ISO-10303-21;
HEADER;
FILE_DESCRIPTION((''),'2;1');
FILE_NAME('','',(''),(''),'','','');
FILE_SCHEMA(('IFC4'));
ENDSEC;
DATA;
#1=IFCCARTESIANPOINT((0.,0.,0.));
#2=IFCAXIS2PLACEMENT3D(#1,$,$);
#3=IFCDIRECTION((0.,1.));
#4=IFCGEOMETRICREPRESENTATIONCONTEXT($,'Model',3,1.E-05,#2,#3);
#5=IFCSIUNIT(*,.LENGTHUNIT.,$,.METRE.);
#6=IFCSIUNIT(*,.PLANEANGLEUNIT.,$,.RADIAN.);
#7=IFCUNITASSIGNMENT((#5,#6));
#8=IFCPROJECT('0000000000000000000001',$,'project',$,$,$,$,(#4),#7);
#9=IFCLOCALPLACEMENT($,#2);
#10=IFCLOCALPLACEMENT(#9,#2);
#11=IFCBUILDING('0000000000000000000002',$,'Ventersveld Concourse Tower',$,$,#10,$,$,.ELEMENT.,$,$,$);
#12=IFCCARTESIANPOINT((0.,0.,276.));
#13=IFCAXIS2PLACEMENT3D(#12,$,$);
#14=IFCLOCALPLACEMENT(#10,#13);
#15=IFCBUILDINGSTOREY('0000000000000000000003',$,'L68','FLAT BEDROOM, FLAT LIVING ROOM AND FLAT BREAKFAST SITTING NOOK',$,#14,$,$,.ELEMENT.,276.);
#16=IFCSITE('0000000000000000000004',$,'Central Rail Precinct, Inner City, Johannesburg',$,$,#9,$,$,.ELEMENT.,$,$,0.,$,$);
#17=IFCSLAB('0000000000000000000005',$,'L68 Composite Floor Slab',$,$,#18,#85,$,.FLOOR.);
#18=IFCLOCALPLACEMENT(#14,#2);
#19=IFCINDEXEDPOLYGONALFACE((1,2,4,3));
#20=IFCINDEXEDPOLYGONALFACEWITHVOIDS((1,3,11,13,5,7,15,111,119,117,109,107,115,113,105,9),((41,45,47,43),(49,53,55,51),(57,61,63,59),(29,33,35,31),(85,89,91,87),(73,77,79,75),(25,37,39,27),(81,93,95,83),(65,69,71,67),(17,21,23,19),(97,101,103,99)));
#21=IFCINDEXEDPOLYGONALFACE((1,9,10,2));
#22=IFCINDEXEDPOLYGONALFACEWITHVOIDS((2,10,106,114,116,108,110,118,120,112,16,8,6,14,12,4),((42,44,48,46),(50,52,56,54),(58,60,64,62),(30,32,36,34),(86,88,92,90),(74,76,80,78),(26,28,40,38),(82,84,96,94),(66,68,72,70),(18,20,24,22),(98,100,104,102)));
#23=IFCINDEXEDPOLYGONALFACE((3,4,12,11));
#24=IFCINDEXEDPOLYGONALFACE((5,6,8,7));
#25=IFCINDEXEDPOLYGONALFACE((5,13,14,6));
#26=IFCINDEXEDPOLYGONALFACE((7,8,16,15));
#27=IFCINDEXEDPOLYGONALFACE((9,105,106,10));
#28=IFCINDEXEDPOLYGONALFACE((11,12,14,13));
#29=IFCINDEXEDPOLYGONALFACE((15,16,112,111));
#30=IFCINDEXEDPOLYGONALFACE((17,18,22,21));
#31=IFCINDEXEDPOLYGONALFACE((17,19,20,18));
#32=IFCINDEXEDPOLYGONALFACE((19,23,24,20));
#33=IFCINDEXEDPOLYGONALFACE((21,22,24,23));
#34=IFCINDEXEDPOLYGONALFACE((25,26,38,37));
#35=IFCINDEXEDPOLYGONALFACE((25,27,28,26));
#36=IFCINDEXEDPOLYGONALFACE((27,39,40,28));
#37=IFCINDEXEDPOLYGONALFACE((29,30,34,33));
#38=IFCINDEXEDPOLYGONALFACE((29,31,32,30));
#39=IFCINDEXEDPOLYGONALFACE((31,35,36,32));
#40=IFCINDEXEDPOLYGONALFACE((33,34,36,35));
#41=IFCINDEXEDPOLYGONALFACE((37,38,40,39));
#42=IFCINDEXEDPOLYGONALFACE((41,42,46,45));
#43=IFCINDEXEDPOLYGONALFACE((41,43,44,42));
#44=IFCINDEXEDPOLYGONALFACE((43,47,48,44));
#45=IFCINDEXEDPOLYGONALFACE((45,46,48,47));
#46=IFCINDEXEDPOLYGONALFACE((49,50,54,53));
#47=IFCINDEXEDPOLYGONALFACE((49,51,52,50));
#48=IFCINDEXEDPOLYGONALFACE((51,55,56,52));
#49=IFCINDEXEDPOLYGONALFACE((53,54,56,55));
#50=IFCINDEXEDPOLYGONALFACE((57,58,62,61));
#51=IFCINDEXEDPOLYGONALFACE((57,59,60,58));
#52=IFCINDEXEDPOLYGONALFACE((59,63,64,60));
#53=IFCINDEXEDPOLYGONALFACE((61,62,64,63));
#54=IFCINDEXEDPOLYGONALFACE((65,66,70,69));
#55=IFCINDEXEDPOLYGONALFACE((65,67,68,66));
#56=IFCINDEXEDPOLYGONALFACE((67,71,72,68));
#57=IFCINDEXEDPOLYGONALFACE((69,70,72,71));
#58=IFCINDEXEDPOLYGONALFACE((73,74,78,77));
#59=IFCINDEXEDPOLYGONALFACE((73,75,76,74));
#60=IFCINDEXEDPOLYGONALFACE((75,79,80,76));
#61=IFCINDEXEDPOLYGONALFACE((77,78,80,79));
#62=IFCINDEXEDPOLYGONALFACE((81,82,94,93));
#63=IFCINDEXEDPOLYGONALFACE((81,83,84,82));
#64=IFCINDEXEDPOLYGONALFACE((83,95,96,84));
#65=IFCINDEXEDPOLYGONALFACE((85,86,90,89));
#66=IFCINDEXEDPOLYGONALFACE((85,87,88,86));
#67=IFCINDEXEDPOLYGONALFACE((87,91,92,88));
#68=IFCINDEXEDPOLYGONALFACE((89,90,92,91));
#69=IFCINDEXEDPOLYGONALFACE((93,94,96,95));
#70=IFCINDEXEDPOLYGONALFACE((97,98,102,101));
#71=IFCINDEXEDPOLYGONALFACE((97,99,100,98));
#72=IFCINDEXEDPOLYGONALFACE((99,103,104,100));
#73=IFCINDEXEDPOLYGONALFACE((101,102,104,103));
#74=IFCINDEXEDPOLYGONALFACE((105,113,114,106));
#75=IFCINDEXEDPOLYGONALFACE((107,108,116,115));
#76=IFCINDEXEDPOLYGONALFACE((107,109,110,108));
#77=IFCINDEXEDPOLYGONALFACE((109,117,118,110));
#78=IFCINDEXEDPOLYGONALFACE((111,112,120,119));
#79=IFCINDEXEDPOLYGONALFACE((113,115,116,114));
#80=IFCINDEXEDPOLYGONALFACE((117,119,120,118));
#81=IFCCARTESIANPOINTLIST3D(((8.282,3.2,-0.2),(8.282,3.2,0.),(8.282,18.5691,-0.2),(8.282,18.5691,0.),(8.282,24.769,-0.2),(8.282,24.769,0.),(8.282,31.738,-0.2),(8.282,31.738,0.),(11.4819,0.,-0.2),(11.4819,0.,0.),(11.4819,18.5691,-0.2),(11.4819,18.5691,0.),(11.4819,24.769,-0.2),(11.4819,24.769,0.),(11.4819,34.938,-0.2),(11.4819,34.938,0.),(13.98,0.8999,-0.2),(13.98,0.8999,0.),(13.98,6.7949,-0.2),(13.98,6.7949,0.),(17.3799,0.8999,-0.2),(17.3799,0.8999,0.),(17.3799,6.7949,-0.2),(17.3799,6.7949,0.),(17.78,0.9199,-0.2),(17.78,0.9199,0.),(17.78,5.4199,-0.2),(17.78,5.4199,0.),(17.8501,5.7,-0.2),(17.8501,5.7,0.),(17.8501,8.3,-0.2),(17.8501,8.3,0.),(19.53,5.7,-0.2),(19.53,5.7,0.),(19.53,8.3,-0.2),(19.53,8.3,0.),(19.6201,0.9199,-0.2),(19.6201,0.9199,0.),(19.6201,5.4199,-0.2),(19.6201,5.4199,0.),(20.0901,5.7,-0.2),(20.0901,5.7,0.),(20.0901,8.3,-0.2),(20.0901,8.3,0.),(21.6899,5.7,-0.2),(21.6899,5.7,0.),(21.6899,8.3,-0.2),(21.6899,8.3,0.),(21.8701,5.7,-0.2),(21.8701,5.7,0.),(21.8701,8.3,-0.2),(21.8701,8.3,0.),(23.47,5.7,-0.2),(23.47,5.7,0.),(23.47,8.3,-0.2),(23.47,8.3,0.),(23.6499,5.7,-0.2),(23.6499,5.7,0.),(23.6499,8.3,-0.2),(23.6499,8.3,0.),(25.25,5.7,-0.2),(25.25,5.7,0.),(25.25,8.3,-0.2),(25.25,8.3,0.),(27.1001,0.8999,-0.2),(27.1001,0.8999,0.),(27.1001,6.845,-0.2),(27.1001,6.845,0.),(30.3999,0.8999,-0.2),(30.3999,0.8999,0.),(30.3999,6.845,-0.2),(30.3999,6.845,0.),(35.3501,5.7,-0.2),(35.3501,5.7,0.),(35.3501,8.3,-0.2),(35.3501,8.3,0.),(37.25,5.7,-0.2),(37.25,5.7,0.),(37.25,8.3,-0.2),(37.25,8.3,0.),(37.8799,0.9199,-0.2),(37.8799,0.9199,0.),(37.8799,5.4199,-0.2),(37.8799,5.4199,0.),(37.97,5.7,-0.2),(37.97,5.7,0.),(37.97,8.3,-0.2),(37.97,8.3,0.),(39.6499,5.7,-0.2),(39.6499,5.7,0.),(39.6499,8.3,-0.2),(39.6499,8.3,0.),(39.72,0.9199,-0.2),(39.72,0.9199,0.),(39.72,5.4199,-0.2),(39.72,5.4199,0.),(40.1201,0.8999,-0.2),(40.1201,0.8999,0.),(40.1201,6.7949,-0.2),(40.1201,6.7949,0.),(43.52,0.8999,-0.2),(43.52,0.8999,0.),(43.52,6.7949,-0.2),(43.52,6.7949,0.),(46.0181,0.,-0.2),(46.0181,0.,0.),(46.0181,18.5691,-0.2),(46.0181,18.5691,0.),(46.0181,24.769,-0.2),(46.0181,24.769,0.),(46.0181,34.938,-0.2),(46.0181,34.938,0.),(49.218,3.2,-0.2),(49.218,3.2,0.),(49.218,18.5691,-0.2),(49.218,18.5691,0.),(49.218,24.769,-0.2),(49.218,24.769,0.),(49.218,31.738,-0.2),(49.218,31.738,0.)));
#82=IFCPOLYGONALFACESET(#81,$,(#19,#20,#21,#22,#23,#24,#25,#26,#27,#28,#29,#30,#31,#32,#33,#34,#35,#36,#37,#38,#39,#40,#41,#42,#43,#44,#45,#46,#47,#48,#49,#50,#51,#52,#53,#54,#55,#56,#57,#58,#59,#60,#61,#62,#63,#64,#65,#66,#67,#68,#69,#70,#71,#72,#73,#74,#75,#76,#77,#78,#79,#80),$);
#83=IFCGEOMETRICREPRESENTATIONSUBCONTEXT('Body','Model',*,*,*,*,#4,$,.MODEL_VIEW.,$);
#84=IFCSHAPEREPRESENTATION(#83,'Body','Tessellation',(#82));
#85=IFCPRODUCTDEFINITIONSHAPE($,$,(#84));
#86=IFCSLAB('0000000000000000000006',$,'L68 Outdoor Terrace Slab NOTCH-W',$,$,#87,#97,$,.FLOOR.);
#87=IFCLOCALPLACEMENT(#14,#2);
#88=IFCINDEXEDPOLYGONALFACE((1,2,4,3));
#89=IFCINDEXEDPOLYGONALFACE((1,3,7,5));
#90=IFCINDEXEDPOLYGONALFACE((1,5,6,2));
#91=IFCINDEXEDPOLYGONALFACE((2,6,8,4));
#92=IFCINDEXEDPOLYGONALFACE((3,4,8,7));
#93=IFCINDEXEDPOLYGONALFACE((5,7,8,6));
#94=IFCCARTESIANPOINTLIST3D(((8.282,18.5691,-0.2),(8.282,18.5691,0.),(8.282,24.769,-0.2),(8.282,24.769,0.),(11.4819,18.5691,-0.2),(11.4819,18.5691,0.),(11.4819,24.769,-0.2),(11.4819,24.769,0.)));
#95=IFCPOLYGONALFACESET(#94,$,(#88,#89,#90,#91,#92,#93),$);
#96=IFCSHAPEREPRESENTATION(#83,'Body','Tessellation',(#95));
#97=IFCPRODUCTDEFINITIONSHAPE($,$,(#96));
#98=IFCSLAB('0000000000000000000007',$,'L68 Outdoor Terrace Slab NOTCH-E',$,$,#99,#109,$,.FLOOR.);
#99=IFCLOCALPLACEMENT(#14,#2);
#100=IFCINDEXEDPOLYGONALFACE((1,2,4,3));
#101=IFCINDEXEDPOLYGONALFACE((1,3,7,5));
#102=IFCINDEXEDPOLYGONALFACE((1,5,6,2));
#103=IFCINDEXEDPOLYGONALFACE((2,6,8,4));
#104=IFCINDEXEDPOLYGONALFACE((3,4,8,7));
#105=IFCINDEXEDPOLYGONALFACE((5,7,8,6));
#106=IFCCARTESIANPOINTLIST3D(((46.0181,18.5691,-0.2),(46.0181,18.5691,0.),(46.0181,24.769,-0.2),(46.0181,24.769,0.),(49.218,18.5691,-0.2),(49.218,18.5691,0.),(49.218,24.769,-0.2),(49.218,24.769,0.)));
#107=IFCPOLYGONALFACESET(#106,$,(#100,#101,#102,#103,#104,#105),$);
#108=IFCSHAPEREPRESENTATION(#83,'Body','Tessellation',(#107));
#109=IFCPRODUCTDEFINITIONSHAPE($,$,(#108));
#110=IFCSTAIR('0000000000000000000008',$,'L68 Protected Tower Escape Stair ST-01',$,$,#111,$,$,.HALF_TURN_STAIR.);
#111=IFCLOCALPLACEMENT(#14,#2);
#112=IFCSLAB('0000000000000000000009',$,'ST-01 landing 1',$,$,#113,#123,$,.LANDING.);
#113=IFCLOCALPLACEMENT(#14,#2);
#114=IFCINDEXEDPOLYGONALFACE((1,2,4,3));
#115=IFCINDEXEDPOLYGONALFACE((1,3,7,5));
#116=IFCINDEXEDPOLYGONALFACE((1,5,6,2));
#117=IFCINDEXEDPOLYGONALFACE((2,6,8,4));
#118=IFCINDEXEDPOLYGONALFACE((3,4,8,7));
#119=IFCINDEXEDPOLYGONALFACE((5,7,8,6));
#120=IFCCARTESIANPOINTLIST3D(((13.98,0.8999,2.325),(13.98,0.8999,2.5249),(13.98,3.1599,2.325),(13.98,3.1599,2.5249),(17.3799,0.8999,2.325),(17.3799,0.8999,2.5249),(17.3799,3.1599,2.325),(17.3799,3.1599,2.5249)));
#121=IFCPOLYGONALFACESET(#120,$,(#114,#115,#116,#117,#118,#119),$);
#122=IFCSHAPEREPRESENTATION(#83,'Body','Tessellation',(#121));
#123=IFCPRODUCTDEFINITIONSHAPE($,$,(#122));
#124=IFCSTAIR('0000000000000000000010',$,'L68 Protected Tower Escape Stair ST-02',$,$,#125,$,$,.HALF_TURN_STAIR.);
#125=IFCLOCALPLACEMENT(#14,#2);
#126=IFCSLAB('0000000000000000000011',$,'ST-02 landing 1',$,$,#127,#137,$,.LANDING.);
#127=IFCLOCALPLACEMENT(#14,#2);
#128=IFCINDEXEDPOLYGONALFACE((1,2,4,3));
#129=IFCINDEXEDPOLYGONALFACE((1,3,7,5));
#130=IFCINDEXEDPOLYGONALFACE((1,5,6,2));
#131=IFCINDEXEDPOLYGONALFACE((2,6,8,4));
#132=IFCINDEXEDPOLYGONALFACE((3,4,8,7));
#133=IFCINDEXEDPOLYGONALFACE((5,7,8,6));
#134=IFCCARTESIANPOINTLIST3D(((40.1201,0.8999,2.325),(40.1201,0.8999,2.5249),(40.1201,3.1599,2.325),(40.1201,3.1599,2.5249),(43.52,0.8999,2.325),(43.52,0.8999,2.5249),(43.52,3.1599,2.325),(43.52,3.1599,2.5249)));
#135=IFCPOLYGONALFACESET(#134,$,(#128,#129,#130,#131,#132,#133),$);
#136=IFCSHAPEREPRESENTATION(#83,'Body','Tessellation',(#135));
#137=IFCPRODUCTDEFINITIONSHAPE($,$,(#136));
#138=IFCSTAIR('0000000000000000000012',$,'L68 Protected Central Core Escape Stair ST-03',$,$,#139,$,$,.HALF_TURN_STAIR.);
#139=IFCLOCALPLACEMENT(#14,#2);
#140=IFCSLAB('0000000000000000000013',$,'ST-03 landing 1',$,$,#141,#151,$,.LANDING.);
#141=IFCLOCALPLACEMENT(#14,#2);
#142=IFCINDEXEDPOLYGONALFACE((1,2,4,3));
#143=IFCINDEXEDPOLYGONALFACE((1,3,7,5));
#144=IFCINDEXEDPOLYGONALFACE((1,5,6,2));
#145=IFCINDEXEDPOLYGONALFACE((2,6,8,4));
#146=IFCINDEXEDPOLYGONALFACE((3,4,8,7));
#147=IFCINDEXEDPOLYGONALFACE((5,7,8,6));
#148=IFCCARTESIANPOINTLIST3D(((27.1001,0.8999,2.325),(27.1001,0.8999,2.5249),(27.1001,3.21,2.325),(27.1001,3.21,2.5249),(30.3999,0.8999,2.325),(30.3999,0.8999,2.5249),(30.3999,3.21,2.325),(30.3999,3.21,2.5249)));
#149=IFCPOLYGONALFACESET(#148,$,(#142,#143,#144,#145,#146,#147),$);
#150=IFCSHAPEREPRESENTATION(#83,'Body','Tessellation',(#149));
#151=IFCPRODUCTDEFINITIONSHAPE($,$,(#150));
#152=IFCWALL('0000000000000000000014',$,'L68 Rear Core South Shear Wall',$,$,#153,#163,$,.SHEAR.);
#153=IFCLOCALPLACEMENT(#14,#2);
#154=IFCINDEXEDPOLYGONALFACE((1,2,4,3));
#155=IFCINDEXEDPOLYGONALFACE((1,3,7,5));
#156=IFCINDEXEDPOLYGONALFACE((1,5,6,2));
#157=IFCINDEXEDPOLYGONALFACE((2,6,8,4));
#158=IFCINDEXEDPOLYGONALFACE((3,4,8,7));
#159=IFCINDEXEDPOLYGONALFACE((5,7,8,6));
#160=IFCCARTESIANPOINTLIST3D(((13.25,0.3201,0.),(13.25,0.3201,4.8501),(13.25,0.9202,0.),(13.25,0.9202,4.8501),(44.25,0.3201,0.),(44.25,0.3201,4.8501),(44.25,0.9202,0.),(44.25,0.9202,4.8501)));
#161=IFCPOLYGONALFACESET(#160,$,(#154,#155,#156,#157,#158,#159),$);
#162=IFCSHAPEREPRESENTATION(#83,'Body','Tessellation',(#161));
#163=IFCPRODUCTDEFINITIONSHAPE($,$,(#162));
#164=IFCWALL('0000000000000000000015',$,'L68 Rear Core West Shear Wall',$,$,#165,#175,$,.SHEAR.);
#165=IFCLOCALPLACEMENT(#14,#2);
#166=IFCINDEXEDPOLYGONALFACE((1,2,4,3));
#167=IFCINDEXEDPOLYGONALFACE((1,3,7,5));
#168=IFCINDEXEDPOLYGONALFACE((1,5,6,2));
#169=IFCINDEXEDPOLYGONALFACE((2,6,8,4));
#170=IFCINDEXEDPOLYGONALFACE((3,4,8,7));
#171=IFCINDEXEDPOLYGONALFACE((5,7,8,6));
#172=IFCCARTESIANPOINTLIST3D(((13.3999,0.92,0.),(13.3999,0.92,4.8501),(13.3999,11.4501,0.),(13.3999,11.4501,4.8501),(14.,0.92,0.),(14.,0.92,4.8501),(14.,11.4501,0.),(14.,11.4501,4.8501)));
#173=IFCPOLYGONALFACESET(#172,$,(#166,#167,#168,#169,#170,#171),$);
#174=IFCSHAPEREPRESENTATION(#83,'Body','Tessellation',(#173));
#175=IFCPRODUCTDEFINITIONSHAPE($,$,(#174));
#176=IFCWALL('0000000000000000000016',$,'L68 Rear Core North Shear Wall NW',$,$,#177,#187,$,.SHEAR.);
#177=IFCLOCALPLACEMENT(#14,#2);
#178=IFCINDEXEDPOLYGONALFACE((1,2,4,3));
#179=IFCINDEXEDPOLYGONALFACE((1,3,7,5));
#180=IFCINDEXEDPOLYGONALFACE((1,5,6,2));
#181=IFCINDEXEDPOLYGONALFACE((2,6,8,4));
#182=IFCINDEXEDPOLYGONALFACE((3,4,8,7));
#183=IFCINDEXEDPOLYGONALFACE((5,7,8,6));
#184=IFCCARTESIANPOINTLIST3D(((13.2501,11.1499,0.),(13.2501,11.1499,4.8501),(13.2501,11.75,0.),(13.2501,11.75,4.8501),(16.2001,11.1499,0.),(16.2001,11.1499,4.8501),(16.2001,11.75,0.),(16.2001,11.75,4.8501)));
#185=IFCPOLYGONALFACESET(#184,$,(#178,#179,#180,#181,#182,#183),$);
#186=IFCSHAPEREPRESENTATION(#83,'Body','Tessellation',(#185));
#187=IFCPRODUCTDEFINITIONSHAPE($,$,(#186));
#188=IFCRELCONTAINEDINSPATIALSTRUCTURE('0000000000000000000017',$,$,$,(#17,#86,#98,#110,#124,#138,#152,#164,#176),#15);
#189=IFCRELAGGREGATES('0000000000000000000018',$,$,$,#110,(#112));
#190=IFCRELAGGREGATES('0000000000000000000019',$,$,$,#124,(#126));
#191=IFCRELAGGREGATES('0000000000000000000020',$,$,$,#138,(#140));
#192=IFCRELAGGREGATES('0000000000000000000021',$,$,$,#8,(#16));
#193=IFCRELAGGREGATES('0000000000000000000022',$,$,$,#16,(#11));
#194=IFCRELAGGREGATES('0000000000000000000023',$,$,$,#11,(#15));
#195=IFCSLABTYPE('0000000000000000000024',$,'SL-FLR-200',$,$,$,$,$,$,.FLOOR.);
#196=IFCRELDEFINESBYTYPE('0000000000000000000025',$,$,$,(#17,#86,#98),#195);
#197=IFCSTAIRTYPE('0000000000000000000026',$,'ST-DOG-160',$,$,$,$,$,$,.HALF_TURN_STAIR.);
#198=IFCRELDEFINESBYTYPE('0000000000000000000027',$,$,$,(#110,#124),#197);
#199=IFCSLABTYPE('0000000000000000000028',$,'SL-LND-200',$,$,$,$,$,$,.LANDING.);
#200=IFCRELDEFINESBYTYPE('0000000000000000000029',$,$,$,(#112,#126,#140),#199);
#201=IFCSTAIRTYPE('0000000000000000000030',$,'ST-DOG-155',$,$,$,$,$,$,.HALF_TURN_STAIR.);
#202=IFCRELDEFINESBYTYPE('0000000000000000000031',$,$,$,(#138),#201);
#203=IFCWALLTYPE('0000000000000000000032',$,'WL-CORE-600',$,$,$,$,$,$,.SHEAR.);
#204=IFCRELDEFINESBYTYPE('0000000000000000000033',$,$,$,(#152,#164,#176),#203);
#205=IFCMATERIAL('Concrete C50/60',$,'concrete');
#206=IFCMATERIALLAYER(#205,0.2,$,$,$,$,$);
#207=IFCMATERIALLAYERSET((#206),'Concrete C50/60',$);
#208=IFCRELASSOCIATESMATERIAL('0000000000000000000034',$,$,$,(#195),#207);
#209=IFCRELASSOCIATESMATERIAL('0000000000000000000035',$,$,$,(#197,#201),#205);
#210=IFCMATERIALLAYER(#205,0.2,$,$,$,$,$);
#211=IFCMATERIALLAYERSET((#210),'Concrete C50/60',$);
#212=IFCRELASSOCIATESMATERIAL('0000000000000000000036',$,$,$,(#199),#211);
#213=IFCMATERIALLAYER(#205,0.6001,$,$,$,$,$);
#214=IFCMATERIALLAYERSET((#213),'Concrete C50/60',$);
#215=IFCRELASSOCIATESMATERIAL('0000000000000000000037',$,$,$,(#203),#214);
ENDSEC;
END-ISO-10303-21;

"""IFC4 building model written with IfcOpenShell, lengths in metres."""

from ifc_helpers import new_model, si_unit, direction, frame, frame_2d, origin, place, context, subcontext, project, spatial, polyline, rectangle, outline, extrude, material, layer, layer_set, type_object, element, aggregate, save


model = new_model("IFC4")

# Units and contexts
model_context = context("Model", 3, precision=1e-05, world=origin(), true_north=direction((0.0, 1.0)))
body_context = subcontext(model_context, "Body", "Model", "MODEL_VIEW")
ifc_project = project(units=[si_unit("LENGTHUNIT", "METRE"), si_unit("PLANEANGLEUNIT", "RADIAN")], contexts=[model_context])

# Site, building, storey
site_placement = place(None, origin())
site = spatial("IfcSite", under=ifc_project, at=site_placement, Name="Central Rail Precinct, Inner City, Johannesburg", CompositionType="ELEMENT", RefElevation=0.0)
building_placement = place(site_placement, origin())
building = spatial("IfcBuilding", under=site, at=building_placement, Name="Ventersveld Concourse Tower", CompositionType="ELEMENT")
storey_placement = place(building_placement, frame((0.0, 0.0, 276.0)))
storey = spatial("IfcBuildingStorey", under=building, at=storey_placement, Name="L68", Description="FLAT BEDROOM, FLAT LIVING ROOM AND FLAT BREAKFAST SITTING NOOK", CompositionType="ELEMENT", Elevation=276.0)

# Shared definitions
ifc_material_1 = material(Name="Concrete C50/60", Category="concrete")

# Slabs
ifc_layer_1 = layer(ifc_material_1, 0.2)
ifc_layer_set_1 = layer_set([ifc_layer_1], Name="Concrete C50/60")
slab_type_1 = type_object("IfcSlabType", Name="SL-FLR-200", PredefinedType="FLOOR", material=ifc_layer_set_1)
slab_1_placement = place(storey_placement, frame((0.0, 0.0, -0.2)))
element("IfcSlab", 1, at=slab_1_placement, inside=storey, type_object=slab_type_1, Name="L68 Composite Floor Slab", PredefinedType="FLOOR", context=body_context, shape_type="SweptSolid", body=[
    extrude(outline(polyline([(11.4819, 0.0), (46.0181, 0.0), (49.218, 3.2), (49.218, 18.5691), (46.0181, 18.5691), (46.0181, 24.769), (49.218, 24.769), (49.218, 31.738), (46.0181, 34.938), (11.4819, 34.938), (8.282, 31.738), (8.282, 24.769), (11.4819, 24.769), (11.4819, 18.5691), (8.282, 18.5691), (8.282, 3.2), (11.4819, 0.0)]), holes=[polyline([(13.98, 6.7949), (13.98, 0.8999), (17.3799, 0.8999), (17.3799, 6.7949), (13.98, 6.7949)]), polyline([(40.1201, 6.7949), (40.1201, 0.8999), (43.52, 0.8999), (43.52, 6.7949), (40.1201, 6.7949)]), polyline([(27.1001, 6.845), (27.1001, 0.8999), (30.3999, 0.8999), (30.3999, 6.845), (27.1001, 6.845)]), polyline([(17.8501, 5.7), (19.53, 5.7), (19.53, 8.3), (17.8501, 8.3), (17.8501, 5.7)]), polyline([(37.97, 5.7), (39.6499, 5.7), (39.6499, 8.3), (37.97, 8.3), (37.97, 5.7)]), polyline([(35.3501, 5.7), (37.25, 5.7), (37.25, 8.3), (35.3501, 8.3), (35.3501, 5.7)]), polyline([(20.0901, 5.7), (21.6899, 5.7), (21.6899, 8.3), (20.0901, 8.3), (20.0901, 5.7)]), polyline([(21.8701, 5.7), (23.47, 5.7), (23.47, 8.3), (21.8701, 8.3), (21.8701, 5.7)]), polyline([(23.6499, 5.7), (25.25, 5.7), (25.25, 8.3), (23.6499, 8.3), (23.6499, 5.7)]), polyline([(17.78, 0.9199), (19.6201, 0.9199), (19.6201, 5.4199), (17.78, 5.4199), (17.78, 0.9199)]), polyline([(37.8799, 0.9199), (39.72, 0.9199), (39.72, 5.4199), (37.8799, 5.4199), (37.8799, 0.9199)])]), origin(), (0.0, 0.0, 1.0), 0.2),
])
slab_2_placement = place(storey_placement, frame((0.0, 0.0, -0.2)))
element("IfcSlab", 2, at=slab_2_placement, inside=storey, type_object=slab_type_1, Name="L68 Outdoor Terrace Slab NOTCH-W", PredefinedType="FLOOR", context=body_context, shape_type="SweptSolid", body=[
    extrude(outline(polyline([(8.282, 18.5691), (11.4819, 18.5691), (11.4819, 24.769), (8.282, 24.769), (8.282, 18.5691)])), origin(), (0.0, 0.0, 1.0), 0.2),
])
slab_3_placement = place(storey_placement, frame((0.0, 0.0, -0.2)))
element("IfcSlab", 3, at=slab_3_placement, inside=storey, type_object=slab_type_1, Name="L68 Outdoor Terrace Slab NOTCH-E", PredefinedType="FLOOR", context=body_context, shape_type="SweptSolid", body=[
    extrude(outline(polyline([(46.0181, 18.5691), (49.218, 18.5691), (49.218, 24.769), (46.0181, 24.769), (46.0181, 18.5691)])), origin(), (0.0, 0.0, 1.0), 0.2),
])

# Stairs, slabs
stair_type_1 = type_object("IfcStairType", Name="ST-DOG-160", PredefinedType="HALF_TURN_STAIR", material=ifc_material_1)
stair_1_placement = place(storey_placement, origin())
stair_1 = element("IfcStair", 4, at=stair_1_placement, inside=storey, type_object=stair_type_1, Name="L68 Protected Tower Escape Stair ST-01", PredefinedType="HALF_TURN_STAIR")
ifc_layer_2 = layer(ifc_material_1, 0.2)
ifc_layer_set_2 = layer_set([ifc_layer_2], Name="Concrete C50/60")
slab_type_2 = type_object("IfcSlabType", Name="SL-LND-200", PredefinedType="LANDING", material=ifc_layer_set_2)
slab_4_placement = place(storey_placement, frame((0.0, 0.0, 2.325)))
slab_4 = element("IfcSlab", 5, at=slab_4_placement, type_object=slab_type_2, Name="ST-01 landing 1", PredefinedType="LANDING", context=body_context, shape_type="SweptSolid", body=[
    extrude(outline(polyline([(13.98, 3.1599), (13.98, 0.8999), (17.3799, 0.8999), (17.3799, 3.1599), (13.98, 3.1599)])), origin(), (0.0, 0.0, 1.0), 0.2),
])
aggregate(stair_1, [slab_4])
stair_2_placement = place(storey_placement, origin())
stair_2 = element("IfcStair", 6, at=stair_2_placement, inside=storey, type_object=stair_type_1, Name="L68 Protected Tower Escape Stair ST-02", PredefinedType="HALF_TURN_STAIR")
slab_5_placement = place(storey_placement, frame((0.0, 0.0, 2.325)))
slab_5 = element("IfcSlab", 7, at=slab_5_placement, type_object=slab_type_2, Name="ST-02 landing 1", PredefinedType="LANDING", context=body_context, shape_type="SweptSolid", body=[
    extrude(outline(polyline([(40.1201, 3.1599), (40.1201, 0.8999), (43.52, 0.8999), (43.52, 3.1599), (40.1201, 3.1599)])), origin(), (0.0, 0.0, 1.0), 0.2),
])
aggregate(stair_2, [slab_5])
stair_type_2 = type_object("IfcStairType", Name="ST-DOG-155", PredefinedType="HALF_TURN_STAIR", material=ifc_material_1)
stair_3_placement = place(storey_placement, origin())
stair_3 = element("IfcStair", 8, at=stair_3_placement, inside=storey, type_object=stair_type_2, Name="L68 Protected Central Core Escape Stair ST-03", PredefinedType="HALF_TURN_STAIR")
slab_6_placement = place(storey_placement, frame((0.0, 0.0, 2.325)))
slab_6 = element("IfcSlab", 9, at=slab_6_placement, type_object=slab_type_2, Name="ST-03 landing 1", PredefinedType="LANDING", context=body_context, shape_type="SweptSolid", body=[
    extrude(outline(polyline([(27.1001, 3.21), (27.1001, 0.8999), (30.3999, 0.8999), (30.3999, 3.21), (27.1001, 3.21)])), origin(), (0.0, 0.0, 1.0), 0.2),
])
aggregate(stair_3, [slab_6])

# Walls
ifc_layer_3 = layer(ifc_material_1, 0.6001)
ifc_layer_set_3 = layer_set([ifc_layer_3], Name="Concrete C50/60")
wall_type_1 = type_object("IfcWallType", Name="WL-CORE-600", PredefinedType="SHEAR", material=ifc_layer_set_3)
wall_1_placement = place(storey_placement, frame((13.25, 0.6201, 0.0), z_axis=(0.0, 0.0, 1.0), x_axis=(1.0, 0.0, 0.0)))
element("IfcWall", 10, at=wall_1_placement, inside=storey, type_object=wall_type_1, Name="L68 Rear Core South Shear Wall", PredefinedType="SHEAR", context=body_context, shape_type="SweptSolid", body=[
    extrude(rectangle(XDim=31.0, YDim=0.6001, at=frame_2d((15.5, 0.0))), origin(), (0.0, 0.0, 1.0), 4.8501),
])
wall_2_placement = place(storey_placement, frame((13.7, 0.9199, 0.0), z_axis=(0.0, 0.0, 1.0), x_axis=(0.0, 1.0, 0.0)))
element("IfcWall", 11, at=wall_2_placement, inside=storey, type_object=wall_type_1, Name="L68 Rear Core West Shear Wall", PredefinedType="SHEAR", context=body_context, shape_type="SweptSolid", body=[
    extrude(rectangle(XDim=10.53, YDim=0.6001, at=frame_2d((5.2651, 0.0))), origin(), (0.0, 0.0, 1.0), 4.8501),
])
wall_3_placement = place(storey_placement, frame((13.25, 11.45, 0.0), z_axis=(0.0, 0.0, 1.0), x_axis=(1.0, 0.0, 0.0)))
element("IfcWall", 12, at=wall_3_placement, inside=storey, type_object=wall_type_1, Name="L68 Rear Core North Shear Wall NW", PredefinedType="SHEAR", context=body_context, shape_type="SweptSolid", body=[
    extrude(rectangle(XDim=2.95, YDim=0.6001, at=frame_2d((1.4751, 0.0))), origin(), (0.0, 0.0, 1.0), 4.8501),
])

save(model, "model.ifc")
